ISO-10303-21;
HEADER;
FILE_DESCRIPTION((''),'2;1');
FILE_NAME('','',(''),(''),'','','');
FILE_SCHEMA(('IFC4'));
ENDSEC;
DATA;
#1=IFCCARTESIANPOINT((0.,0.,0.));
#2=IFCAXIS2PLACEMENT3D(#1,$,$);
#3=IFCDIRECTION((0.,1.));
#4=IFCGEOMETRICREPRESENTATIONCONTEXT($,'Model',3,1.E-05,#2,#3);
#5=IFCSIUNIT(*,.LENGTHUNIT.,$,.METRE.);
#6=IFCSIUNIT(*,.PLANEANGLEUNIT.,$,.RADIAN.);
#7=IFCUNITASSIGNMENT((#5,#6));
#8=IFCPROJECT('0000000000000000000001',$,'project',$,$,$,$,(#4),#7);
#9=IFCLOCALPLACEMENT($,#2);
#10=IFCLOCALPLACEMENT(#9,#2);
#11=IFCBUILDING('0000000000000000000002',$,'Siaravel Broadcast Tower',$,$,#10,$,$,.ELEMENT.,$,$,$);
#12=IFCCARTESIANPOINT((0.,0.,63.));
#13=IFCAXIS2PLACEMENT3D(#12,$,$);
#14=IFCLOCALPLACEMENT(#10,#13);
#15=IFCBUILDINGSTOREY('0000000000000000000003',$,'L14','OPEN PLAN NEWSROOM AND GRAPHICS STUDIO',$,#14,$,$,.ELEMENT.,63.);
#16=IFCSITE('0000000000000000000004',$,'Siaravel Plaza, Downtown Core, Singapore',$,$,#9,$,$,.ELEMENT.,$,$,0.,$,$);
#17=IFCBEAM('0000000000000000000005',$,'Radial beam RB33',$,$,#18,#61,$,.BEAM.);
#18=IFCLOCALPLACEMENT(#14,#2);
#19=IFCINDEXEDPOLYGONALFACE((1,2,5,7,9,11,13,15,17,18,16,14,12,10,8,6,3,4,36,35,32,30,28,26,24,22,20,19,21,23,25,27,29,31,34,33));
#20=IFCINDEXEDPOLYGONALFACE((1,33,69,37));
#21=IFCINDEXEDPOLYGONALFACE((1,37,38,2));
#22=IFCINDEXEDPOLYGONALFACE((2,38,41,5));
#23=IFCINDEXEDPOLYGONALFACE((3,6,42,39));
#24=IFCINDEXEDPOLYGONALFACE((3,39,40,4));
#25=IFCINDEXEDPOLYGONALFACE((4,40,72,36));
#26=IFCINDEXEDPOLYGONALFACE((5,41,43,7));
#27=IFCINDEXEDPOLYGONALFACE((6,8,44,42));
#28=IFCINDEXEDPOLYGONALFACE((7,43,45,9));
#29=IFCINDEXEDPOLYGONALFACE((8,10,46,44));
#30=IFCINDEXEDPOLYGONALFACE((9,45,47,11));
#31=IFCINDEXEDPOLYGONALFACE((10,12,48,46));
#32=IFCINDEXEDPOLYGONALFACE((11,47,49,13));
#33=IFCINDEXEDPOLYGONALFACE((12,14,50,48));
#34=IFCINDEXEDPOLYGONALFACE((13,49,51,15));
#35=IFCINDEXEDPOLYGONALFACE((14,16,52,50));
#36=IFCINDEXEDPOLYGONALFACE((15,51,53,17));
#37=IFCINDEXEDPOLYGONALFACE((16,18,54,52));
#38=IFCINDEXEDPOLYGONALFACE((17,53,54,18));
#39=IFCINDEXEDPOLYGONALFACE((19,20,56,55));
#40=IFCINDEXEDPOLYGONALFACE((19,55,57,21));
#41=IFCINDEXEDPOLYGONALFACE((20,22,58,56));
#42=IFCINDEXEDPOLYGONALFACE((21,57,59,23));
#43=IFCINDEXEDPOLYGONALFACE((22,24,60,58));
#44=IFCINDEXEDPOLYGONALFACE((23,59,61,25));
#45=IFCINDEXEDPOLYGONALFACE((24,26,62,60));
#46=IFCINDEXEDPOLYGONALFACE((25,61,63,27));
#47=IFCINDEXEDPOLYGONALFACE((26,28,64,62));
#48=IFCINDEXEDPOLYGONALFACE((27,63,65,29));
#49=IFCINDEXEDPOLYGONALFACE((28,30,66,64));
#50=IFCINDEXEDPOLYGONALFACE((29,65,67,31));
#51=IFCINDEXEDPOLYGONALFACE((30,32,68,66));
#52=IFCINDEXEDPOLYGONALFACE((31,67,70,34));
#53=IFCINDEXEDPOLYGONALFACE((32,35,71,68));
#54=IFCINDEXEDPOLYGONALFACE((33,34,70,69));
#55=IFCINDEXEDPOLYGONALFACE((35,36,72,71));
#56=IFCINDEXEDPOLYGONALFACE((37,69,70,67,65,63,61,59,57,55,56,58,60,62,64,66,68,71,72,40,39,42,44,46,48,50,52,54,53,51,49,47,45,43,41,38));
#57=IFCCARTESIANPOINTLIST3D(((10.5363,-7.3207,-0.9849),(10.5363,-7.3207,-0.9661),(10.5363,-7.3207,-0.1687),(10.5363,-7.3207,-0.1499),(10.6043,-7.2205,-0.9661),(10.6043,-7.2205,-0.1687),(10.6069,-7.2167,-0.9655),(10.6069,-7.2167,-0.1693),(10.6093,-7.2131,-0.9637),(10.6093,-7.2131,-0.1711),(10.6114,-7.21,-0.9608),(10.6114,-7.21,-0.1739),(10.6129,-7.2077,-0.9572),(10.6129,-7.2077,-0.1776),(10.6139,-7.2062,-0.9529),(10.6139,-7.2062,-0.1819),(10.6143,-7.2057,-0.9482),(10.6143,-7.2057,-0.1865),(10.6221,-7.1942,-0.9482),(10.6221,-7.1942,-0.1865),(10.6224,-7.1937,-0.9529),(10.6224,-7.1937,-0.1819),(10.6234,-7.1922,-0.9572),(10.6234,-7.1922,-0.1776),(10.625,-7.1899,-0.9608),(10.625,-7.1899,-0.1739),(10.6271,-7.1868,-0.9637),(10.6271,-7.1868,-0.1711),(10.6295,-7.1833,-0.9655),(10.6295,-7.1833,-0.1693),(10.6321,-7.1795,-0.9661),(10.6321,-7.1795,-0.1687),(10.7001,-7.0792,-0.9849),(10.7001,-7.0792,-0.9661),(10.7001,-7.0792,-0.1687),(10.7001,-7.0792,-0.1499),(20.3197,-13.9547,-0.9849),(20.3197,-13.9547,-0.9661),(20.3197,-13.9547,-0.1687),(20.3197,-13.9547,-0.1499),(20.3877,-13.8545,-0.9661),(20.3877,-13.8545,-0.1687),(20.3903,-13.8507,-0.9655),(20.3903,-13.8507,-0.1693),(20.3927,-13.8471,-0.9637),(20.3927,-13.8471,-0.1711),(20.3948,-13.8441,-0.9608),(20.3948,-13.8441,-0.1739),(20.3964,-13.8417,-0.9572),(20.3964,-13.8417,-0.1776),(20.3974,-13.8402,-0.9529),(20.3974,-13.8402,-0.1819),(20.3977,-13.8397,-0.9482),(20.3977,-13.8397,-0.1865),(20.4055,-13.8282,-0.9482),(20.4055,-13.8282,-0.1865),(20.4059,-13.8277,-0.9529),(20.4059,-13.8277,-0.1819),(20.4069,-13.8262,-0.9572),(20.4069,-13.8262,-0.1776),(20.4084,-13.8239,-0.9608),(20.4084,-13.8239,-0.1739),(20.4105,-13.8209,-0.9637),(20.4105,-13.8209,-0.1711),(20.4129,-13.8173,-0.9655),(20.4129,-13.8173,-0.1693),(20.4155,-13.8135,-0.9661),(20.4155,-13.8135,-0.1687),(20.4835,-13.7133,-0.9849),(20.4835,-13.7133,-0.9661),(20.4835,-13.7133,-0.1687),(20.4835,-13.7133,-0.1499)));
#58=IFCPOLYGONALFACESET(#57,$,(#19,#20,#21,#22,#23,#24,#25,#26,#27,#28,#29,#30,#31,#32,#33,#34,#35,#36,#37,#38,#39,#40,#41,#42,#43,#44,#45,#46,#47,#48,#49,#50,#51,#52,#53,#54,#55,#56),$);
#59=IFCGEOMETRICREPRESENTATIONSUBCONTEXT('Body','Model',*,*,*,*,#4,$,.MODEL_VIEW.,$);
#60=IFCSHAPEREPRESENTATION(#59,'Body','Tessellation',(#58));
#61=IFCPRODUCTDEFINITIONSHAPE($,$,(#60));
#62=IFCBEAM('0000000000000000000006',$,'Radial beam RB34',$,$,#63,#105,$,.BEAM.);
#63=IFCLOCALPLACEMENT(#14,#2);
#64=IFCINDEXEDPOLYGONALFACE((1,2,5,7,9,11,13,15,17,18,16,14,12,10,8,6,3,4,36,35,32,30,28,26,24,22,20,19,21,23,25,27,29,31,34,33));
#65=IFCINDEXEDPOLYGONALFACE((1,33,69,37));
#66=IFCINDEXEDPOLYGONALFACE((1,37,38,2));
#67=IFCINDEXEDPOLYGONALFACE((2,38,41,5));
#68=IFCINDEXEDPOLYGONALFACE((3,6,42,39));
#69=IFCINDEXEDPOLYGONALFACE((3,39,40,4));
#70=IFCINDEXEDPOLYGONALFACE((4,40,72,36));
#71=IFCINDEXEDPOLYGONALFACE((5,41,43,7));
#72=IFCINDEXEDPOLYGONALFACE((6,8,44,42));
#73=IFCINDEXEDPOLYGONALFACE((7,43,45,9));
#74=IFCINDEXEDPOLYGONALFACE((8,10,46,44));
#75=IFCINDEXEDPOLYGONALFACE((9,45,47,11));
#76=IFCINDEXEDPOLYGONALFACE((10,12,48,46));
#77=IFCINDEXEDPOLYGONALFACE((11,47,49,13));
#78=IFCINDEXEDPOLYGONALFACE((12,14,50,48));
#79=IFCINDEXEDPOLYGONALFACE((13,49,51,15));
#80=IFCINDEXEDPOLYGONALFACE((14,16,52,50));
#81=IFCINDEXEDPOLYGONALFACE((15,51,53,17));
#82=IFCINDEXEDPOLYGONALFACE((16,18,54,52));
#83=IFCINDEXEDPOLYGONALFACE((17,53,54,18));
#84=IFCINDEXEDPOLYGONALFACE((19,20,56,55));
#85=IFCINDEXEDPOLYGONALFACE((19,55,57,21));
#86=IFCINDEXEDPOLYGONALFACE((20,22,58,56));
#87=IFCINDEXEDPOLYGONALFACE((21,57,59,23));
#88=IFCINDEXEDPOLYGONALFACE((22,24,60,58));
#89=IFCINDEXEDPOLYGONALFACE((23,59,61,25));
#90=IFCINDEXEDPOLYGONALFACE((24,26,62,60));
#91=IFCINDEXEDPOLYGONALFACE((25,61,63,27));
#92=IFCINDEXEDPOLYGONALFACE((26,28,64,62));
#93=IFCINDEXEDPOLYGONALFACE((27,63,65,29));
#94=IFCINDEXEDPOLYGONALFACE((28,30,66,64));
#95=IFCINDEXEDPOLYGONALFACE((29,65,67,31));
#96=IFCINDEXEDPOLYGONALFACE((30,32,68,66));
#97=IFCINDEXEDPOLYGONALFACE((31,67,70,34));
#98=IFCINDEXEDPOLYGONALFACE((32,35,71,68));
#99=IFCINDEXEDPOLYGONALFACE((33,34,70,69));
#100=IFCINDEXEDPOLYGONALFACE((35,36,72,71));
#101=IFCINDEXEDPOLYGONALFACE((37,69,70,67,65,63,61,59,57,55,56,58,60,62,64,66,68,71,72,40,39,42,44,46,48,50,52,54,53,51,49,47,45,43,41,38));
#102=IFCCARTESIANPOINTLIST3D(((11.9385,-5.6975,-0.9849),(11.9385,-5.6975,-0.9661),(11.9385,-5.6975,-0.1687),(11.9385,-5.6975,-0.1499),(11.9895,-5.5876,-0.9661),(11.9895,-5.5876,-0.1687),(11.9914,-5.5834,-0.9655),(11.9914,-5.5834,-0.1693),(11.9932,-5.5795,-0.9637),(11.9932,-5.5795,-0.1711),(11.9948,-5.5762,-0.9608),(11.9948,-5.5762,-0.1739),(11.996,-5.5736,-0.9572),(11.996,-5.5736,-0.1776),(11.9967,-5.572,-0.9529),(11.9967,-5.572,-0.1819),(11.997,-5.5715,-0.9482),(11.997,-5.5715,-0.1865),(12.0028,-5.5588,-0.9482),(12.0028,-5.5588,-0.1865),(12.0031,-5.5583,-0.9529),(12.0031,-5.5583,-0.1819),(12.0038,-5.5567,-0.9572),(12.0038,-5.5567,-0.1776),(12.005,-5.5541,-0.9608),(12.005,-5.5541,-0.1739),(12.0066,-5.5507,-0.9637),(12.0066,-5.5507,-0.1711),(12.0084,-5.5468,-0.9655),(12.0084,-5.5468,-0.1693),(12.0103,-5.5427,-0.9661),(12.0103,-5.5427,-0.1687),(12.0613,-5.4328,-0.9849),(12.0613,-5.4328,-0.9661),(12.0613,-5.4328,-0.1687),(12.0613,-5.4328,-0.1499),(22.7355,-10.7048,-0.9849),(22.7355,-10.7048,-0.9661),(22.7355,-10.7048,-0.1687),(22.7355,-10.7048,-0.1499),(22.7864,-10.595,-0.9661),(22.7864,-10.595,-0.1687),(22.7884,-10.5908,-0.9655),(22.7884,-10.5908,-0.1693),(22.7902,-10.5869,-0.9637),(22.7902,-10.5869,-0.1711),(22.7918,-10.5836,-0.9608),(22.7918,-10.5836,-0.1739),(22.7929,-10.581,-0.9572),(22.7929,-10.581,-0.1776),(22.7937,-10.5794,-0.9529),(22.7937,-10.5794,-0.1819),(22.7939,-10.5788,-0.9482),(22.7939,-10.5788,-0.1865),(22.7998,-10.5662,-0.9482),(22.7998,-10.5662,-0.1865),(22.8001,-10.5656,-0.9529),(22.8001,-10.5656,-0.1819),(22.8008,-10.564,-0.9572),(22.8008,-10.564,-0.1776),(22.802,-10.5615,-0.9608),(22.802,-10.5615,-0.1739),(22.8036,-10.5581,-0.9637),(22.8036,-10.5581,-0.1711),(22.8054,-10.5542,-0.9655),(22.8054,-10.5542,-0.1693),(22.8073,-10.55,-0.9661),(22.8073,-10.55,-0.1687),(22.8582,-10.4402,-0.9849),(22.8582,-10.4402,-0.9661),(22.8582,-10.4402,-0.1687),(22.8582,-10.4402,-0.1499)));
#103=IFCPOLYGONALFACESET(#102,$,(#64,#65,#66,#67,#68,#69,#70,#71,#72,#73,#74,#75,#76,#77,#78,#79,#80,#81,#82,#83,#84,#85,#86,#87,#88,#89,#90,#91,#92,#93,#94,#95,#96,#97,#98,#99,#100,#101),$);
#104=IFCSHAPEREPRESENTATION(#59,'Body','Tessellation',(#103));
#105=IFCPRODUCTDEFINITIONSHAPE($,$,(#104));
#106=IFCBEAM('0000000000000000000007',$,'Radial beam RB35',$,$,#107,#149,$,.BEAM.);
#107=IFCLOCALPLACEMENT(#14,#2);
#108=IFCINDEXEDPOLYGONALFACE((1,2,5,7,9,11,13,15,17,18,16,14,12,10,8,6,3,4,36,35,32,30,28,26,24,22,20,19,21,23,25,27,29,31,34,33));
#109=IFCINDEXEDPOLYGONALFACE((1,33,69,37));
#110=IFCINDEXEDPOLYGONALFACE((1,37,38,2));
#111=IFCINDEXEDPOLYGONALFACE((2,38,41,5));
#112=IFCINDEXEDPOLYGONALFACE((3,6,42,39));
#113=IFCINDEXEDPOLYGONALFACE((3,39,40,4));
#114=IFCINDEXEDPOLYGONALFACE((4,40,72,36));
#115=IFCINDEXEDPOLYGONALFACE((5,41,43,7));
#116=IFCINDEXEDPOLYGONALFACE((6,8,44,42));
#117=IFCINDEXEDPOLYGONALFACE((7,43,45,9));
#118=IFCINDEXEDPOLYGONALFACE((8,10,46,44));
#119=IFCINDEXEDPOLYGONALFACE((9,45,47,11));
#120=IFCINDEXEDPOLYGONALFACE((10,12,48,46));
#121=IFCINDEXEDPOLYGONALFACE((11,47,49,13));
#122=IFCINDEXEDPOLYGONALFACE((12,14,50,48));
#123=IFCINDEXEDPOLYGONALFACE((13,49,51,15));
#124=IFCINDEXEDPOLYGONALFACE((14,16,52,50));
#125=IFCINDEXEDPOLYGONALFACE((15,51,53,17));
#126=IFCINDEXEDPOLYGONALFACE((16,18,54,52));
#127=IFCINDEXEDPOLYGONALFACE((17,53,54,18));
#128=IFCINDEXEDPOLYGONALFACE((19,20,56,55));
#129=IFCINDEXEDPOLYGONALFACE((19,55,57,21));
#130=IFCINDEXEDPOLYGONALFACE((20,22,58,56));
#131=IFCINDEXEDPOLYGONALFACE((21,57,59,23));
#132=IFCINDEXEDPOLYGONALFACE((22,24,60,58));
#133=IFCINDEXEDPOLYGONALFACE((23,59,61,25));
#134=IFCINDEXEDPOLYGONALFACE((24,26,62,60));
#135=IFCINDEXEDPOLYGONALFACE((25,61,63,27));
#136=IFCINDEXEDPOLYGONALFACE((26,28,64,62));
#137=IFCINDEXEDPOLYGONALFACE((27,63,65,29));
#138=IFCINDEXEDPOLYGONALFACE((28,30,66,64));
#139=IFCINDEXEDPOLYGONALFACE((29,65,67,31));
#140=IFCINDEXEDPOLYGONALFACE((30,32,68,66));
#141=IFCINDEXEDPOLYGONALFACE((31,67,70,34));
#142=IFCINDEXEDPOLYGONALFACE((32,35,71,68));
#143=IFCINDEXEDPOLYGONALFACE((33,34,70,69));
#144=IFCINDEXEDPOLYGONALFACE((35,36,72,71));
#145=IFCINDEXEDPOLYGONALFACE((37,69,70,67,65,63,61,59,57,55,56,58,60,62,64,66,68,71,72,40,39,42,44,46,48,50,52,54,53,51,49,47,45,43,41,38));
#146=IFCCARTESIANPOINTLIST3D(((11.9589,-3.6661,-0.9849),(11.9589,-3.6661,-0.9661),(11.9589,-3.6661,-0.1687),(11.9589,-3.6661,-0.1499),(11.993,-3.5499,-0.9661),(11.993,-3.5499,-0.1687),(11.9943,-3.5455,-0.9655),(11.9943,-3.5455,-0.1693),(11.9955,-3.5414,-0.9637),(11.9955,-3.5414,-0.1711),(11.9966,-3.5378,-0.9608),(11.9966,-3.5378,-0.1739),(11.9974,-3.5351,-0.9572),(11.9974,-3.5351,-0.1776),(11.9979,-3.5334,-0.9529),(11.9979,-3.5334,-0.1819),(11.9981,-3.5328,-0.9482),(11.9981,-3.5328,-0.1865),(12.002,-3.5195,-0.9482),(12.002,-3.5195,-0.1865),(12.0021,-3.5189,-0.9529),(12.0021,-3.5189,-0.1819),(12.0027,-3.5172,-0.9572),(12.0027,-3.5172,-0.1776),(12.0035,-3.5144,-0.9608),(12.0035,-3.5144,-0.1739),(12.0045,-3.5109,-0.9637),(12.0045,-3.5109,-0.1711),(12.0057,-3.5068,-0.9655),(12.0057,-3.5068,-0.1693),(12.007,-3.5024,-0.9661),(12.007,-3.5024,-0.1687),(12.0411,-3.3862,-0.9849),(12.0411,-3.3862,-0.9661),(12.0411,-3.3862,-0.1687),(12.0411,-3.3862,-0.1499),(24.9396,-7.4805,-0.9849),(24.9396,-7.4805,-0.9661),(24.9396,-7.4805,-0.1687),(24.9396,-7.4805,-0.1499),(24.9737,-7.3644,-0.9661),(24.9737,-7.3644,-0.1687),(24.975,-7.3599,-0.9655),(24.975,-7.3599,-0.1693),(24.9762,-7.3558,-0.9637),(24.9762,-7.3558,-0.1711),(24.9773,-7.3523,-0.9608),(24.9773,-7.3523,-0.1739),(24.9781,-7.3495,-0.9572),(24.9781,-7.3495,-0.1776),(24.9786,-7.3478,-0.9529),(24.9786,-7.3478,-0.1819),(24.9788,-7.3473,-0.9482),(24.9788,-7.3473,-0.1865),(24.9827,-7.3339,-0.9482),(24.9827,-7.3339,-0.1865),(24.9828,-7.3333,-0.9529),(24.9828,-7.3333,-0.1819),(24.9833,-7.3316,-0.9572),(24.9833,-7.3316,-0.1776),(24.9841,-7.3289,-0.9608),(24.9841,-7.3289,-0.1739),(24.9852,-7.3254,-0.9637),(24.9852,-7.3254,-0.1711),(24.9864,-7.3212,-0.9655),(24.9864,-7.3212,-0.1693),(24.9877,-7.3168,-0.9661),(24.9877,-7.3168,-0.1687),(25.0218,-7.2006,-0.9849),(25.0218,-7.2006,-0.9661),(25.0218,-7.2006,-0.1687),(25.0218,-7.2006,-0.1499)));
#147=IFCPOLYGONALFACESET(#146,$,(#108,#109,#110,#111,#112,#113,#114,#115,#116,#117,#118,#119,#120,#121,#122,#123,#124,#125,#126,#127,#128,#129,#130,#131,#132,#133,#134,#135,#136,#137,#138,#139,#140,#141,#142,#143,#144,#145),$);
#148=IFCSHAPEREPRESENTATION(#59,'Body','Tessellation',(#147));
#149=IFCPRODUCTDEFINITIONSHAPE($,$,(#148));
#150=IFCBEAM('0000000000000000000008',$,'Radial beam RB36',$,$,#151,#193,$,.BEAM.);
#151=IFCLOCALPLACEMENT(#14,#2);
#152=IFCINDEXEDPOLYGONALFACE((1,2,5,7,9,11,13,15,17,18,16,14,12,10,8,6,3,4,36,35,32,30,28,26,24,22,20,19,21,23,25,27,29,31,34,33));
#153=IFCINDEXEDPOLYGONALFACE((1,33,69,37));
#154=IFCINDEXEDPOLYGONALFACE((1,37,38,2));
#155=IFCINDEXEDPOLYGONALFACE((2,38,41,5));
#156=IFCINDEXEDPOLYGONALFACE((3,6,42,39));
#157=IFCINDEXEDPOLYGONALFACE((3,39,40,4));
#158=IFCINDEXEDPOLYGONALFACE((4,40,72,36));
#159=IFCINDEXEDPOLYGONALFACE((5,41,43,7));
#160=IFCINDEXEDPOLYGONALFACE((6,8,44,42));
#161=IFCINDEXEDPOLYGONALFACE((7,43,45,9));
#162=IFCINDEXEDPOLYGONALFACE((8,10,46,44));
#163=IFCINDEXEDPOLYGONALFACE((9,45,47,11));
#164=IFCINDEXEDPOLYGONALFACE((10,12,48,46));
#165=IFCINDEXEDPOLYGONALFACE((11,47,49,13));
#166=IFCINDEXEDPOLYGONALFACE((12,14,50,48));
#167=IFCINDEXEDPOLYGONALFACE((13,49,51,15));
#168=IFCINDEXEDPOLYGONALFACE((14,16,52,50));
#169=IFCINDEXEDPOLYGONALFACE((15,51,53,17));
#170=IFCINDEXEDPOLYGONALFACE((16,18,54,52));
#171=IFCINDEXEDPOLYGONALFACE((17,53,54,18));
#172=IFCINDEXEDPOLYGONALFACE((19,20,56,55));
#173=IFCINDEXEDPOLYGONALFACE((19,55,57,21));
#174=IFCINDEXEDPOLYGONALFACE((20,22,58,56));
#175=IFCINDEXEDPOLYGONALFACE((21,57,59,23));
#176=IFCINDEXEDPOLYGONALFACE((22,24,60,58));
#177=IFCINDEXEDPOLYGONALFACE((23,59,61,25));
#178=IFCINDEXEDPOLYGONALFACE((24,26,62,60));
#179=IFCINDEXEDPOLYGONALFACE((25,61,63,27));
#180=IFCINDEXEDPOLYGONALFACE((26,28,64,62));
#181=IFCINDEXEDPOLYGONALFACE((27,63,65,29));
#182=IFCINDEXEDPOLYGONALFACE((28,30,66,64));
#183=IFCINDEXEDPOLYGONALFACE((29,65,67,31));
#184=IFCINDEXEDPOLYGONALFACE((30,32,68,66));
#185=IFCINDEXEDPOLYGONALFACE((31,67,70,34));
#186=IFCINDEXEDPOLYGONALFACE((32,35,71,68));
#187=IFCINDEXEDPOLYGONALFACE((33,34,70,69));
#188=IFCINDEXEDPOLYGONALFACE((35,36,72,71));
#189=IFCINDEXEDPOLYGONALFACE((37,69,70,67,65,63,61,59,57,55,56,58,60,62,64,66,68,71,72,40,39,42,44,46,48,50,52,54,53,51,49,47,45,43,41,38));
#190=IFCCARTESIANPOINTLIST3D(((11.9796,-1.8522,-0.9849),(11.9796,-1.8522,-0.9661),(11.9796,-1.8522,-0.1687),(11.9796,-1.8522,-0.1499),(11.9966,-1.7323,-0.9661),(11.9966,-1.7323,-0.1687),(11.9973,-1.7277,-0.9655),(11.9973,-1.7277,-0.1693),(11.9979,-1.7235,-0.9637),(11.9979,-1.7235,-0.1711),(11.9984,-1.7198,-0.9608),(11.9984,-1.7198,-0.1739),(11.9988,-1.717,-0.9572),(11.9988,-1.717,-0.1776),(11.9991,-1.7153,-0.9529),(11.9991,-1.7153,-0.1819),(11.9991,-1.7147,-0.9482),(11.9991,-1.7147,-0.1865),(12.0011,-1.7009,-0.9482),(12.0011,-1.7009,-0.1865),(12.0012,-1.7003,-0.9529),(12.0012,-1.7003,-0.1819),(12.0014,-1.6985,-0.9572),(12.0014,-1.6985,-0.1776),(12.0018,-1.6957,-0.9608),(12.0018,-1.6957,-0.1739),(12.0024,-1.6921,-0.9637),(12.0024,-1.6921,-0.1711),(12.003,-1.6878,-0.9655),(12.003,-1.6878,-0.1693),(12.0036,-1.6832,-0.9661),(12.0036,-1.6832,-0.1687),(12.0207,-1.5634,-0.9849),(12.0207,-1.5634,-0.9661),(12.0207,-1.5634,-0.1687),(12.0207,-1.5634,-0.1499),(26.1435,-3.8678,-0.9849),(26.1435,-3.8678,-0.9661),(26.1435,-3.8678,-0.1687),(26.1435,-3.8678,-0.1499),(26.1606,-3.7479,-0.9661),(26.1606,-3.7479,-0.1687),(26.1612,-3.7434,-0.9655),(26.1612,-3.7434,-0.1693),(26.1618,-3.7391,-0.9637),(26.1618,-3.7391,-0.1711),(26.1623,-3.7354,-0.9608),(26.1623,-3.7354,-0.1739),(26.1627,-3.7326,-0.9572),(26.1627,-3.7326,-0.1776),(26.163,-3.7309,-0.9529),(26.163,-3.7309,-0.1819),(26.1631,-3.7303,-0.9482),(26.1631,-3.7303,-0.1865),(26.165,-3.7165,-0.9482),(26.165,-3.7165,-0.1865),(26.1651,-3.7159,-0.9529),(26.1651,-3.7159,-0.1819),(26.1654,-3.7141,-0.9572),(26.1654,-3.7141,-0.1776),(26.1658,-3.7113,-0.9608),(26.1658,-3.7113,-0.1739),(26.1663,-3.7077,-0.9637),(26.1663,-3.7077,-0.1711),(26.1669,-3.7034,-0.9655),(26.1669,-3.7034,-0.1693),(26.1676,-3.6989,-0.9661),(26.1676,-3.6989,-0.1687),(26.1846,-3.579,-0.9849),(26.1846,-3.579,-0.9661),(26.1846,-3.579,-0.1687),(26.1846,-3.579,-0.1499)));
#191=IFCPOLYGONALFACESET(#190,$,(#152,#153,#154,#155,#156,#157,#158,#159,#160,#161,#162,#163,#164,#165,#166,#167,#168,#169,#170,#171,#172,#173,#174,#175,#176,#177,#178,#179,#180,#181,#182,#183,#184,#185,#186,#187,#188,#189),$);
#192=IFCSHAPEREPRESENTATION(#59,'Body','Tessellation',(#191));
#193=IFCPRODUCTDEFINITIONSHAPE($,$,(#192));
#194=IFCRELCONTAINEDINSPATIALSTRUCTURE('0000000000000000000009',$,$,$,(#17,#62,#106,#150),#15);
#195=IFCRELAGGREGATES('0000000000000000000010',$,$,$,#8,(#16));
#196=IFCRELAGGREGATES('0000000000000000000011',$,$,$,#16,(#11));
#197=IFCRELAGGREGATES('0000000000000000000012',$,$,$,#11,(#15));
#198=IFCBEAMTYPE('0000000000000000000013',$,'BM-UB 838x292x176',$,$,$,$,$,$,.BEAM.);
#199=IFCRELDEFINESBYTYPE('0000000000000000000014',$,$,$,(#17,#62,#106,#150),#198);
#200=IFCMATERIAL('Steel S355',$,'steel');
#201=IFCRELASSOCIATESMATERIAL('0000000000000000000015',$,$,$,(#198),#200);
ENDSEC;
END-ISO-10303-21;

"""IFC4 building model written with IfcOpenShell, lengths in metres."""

from ifc_helpers import new_model, si_unit, direction, frame, origin, origin_2d, place, context, subcontext, project, spatial, i_section, extrude, material, material_profile, profile_set, type_object, element, save


model = new_model("IFC4")

# Units and contexts
model_context = context("Model", 3, precision=1e-05, world=origin(), true_north=direction((0.0, 1.0)))
body_context = subcontext(model_context, "Body", "Model", "MODEL_VIEW")
ifc_project = project(units=[si_unit("LENGTHUNIT", "METRE"), si_unit("PLANEANGLEUNIT", "RADIAN")], contexts=[model_context])

# Site, building, storey
site_placement = place(None, origin())
site = spatial("IfcSite", under=ifc_project, at=site_placement, Name="Siaravel Plaza, Downtown Core, Singapore", CompositionType="ELEMENT", RefElevation=0.0)
building_placement = place(site_placement, origin())
building = spatial("IfcBuilding", under=site, at=building_placement, Name="Siaravel Broadcast Tower", CompositionType="ELEMENT")
storey_placement = place(building_placement, frame((0.0, 0.0, 63.0)))
storey = spatial("IfcBuildingStorey", under=building, at=storey_placement, Name="L14", Description="OPEN PLAN NEWSROOM AND GRAPHICS STUDIO", CompositionType="ELEMENT", Elevation=63.0)

# Beams
ifc_material_1 = material(Name="Steel S355", Category="steel")
ifc_material_profile_1 = material_profile(ifc_material_1, i_section(OverallWidth=0.2917, OverallDepth=0.835, WebThickness=0.0139, FlangeThickness=0.0188, FilletRadius=0.0178, at=origin_2d()))
ifc_profile_set_1 = profile_set([ifc_material_profile_1], Name="Steel S355")
beam_type = type_object("IfcBeamType", Name="BM-UB 838x292x176", PredefinedType="BEAM", material=ifc_profile_set_1)
beam_1_placement = place(storey_placement, frame((20.4016, -13.834, -0.5674), z_axis=(-0.827662, 0.561227, 0.0), x_axis=(-0.561227, -0.827662, 0.0)))
element("IfcBeam", 1, at=beam_1_placement, inside=storey, type_object=beam_type, Name="Radial beam RB33", PredefinedType="BEAM", context=body_context, shape_type="SweptSolid", body=[
    extrude(i_section(OverallWidth=0.2917, OverallDepth=0.835, WebThickness=0.0139, FlangeThickness=0.0188, FilletRadius=0.0178, at=origin_2d()), origin(), (0.0, 0.0, 1.0), 11.8206),
])
beam_2_placement = place(storey_placement, frame((22.7969, -10.5725, -0.5674), z_axis=(-0.907186, 0.42073, 0.0), x_axis=(-0.42073, -0.907186, 0.0)))
element("IfcBeam", 2, at=beam_2_placement, inside=storey, type_object=beam_type, Name="Radial beam RB34", PredefinedType="BEAM", context=body_context, shape_type="SweptSolid", body=[
    extrude(i_section(OverallWidth=0.2917, OverallDepth=0.835, WebThickness=0.0139, FlangeThickness=0.0188, FilletRadius=0.0178, at=origin_2d()), origin(), (0.0, 0.0, 1.0), 11.9016),
])
beam_3_placement = place(storey_placement, frame((24.9807, -7.3406, -0.5674), z_axis=(-0.959434, 0.281935, 0.0), x_axis=(-0.281935, -0.959434, 0.0)))
element("IfcBeam", 3, at=beam_3_placement, inside=storey, type_object=beam_type, Name="Radial beam RB35", PredefinedType="BEAM", context=body_context, shape_type="SweptSolid", body=[
    extrude(i_section(OverallWidth=0.2917, OverallDepth=0.835, WebThickness=0.0139, FlangeThickness=0.0188, FilletRadius=0.0178, at=origin_2d()), origin(), (0.0, 0.0, 1.0), 13.5295),
])
beam_4_placement = place(storey_placement, frame((26.1641, -3.7234, -0.5674), z_axis=(-0.990026, 0.140886, 0.0), x_axis=(-0.140886, -0.990026, 0.0)))
element("IfcBeam", 4, at=beam_4_placement, inside=storey, type_object=beam_type, Name="Radial beam RB36", PredefinedType="BEAM", context=body_context, shape_type="SweptSolid", body=[
    extrude(i_section(OverallWidth=0.2917, OverallDepth=0.835, WebThickness=0.0139, FlangeThickness=0.0188, FilletRadius=0.0178, at=origin_2d()), origin(), (0.0, 0.0, 1.0), 14.3066),
])

save(model, "model.ifc")
